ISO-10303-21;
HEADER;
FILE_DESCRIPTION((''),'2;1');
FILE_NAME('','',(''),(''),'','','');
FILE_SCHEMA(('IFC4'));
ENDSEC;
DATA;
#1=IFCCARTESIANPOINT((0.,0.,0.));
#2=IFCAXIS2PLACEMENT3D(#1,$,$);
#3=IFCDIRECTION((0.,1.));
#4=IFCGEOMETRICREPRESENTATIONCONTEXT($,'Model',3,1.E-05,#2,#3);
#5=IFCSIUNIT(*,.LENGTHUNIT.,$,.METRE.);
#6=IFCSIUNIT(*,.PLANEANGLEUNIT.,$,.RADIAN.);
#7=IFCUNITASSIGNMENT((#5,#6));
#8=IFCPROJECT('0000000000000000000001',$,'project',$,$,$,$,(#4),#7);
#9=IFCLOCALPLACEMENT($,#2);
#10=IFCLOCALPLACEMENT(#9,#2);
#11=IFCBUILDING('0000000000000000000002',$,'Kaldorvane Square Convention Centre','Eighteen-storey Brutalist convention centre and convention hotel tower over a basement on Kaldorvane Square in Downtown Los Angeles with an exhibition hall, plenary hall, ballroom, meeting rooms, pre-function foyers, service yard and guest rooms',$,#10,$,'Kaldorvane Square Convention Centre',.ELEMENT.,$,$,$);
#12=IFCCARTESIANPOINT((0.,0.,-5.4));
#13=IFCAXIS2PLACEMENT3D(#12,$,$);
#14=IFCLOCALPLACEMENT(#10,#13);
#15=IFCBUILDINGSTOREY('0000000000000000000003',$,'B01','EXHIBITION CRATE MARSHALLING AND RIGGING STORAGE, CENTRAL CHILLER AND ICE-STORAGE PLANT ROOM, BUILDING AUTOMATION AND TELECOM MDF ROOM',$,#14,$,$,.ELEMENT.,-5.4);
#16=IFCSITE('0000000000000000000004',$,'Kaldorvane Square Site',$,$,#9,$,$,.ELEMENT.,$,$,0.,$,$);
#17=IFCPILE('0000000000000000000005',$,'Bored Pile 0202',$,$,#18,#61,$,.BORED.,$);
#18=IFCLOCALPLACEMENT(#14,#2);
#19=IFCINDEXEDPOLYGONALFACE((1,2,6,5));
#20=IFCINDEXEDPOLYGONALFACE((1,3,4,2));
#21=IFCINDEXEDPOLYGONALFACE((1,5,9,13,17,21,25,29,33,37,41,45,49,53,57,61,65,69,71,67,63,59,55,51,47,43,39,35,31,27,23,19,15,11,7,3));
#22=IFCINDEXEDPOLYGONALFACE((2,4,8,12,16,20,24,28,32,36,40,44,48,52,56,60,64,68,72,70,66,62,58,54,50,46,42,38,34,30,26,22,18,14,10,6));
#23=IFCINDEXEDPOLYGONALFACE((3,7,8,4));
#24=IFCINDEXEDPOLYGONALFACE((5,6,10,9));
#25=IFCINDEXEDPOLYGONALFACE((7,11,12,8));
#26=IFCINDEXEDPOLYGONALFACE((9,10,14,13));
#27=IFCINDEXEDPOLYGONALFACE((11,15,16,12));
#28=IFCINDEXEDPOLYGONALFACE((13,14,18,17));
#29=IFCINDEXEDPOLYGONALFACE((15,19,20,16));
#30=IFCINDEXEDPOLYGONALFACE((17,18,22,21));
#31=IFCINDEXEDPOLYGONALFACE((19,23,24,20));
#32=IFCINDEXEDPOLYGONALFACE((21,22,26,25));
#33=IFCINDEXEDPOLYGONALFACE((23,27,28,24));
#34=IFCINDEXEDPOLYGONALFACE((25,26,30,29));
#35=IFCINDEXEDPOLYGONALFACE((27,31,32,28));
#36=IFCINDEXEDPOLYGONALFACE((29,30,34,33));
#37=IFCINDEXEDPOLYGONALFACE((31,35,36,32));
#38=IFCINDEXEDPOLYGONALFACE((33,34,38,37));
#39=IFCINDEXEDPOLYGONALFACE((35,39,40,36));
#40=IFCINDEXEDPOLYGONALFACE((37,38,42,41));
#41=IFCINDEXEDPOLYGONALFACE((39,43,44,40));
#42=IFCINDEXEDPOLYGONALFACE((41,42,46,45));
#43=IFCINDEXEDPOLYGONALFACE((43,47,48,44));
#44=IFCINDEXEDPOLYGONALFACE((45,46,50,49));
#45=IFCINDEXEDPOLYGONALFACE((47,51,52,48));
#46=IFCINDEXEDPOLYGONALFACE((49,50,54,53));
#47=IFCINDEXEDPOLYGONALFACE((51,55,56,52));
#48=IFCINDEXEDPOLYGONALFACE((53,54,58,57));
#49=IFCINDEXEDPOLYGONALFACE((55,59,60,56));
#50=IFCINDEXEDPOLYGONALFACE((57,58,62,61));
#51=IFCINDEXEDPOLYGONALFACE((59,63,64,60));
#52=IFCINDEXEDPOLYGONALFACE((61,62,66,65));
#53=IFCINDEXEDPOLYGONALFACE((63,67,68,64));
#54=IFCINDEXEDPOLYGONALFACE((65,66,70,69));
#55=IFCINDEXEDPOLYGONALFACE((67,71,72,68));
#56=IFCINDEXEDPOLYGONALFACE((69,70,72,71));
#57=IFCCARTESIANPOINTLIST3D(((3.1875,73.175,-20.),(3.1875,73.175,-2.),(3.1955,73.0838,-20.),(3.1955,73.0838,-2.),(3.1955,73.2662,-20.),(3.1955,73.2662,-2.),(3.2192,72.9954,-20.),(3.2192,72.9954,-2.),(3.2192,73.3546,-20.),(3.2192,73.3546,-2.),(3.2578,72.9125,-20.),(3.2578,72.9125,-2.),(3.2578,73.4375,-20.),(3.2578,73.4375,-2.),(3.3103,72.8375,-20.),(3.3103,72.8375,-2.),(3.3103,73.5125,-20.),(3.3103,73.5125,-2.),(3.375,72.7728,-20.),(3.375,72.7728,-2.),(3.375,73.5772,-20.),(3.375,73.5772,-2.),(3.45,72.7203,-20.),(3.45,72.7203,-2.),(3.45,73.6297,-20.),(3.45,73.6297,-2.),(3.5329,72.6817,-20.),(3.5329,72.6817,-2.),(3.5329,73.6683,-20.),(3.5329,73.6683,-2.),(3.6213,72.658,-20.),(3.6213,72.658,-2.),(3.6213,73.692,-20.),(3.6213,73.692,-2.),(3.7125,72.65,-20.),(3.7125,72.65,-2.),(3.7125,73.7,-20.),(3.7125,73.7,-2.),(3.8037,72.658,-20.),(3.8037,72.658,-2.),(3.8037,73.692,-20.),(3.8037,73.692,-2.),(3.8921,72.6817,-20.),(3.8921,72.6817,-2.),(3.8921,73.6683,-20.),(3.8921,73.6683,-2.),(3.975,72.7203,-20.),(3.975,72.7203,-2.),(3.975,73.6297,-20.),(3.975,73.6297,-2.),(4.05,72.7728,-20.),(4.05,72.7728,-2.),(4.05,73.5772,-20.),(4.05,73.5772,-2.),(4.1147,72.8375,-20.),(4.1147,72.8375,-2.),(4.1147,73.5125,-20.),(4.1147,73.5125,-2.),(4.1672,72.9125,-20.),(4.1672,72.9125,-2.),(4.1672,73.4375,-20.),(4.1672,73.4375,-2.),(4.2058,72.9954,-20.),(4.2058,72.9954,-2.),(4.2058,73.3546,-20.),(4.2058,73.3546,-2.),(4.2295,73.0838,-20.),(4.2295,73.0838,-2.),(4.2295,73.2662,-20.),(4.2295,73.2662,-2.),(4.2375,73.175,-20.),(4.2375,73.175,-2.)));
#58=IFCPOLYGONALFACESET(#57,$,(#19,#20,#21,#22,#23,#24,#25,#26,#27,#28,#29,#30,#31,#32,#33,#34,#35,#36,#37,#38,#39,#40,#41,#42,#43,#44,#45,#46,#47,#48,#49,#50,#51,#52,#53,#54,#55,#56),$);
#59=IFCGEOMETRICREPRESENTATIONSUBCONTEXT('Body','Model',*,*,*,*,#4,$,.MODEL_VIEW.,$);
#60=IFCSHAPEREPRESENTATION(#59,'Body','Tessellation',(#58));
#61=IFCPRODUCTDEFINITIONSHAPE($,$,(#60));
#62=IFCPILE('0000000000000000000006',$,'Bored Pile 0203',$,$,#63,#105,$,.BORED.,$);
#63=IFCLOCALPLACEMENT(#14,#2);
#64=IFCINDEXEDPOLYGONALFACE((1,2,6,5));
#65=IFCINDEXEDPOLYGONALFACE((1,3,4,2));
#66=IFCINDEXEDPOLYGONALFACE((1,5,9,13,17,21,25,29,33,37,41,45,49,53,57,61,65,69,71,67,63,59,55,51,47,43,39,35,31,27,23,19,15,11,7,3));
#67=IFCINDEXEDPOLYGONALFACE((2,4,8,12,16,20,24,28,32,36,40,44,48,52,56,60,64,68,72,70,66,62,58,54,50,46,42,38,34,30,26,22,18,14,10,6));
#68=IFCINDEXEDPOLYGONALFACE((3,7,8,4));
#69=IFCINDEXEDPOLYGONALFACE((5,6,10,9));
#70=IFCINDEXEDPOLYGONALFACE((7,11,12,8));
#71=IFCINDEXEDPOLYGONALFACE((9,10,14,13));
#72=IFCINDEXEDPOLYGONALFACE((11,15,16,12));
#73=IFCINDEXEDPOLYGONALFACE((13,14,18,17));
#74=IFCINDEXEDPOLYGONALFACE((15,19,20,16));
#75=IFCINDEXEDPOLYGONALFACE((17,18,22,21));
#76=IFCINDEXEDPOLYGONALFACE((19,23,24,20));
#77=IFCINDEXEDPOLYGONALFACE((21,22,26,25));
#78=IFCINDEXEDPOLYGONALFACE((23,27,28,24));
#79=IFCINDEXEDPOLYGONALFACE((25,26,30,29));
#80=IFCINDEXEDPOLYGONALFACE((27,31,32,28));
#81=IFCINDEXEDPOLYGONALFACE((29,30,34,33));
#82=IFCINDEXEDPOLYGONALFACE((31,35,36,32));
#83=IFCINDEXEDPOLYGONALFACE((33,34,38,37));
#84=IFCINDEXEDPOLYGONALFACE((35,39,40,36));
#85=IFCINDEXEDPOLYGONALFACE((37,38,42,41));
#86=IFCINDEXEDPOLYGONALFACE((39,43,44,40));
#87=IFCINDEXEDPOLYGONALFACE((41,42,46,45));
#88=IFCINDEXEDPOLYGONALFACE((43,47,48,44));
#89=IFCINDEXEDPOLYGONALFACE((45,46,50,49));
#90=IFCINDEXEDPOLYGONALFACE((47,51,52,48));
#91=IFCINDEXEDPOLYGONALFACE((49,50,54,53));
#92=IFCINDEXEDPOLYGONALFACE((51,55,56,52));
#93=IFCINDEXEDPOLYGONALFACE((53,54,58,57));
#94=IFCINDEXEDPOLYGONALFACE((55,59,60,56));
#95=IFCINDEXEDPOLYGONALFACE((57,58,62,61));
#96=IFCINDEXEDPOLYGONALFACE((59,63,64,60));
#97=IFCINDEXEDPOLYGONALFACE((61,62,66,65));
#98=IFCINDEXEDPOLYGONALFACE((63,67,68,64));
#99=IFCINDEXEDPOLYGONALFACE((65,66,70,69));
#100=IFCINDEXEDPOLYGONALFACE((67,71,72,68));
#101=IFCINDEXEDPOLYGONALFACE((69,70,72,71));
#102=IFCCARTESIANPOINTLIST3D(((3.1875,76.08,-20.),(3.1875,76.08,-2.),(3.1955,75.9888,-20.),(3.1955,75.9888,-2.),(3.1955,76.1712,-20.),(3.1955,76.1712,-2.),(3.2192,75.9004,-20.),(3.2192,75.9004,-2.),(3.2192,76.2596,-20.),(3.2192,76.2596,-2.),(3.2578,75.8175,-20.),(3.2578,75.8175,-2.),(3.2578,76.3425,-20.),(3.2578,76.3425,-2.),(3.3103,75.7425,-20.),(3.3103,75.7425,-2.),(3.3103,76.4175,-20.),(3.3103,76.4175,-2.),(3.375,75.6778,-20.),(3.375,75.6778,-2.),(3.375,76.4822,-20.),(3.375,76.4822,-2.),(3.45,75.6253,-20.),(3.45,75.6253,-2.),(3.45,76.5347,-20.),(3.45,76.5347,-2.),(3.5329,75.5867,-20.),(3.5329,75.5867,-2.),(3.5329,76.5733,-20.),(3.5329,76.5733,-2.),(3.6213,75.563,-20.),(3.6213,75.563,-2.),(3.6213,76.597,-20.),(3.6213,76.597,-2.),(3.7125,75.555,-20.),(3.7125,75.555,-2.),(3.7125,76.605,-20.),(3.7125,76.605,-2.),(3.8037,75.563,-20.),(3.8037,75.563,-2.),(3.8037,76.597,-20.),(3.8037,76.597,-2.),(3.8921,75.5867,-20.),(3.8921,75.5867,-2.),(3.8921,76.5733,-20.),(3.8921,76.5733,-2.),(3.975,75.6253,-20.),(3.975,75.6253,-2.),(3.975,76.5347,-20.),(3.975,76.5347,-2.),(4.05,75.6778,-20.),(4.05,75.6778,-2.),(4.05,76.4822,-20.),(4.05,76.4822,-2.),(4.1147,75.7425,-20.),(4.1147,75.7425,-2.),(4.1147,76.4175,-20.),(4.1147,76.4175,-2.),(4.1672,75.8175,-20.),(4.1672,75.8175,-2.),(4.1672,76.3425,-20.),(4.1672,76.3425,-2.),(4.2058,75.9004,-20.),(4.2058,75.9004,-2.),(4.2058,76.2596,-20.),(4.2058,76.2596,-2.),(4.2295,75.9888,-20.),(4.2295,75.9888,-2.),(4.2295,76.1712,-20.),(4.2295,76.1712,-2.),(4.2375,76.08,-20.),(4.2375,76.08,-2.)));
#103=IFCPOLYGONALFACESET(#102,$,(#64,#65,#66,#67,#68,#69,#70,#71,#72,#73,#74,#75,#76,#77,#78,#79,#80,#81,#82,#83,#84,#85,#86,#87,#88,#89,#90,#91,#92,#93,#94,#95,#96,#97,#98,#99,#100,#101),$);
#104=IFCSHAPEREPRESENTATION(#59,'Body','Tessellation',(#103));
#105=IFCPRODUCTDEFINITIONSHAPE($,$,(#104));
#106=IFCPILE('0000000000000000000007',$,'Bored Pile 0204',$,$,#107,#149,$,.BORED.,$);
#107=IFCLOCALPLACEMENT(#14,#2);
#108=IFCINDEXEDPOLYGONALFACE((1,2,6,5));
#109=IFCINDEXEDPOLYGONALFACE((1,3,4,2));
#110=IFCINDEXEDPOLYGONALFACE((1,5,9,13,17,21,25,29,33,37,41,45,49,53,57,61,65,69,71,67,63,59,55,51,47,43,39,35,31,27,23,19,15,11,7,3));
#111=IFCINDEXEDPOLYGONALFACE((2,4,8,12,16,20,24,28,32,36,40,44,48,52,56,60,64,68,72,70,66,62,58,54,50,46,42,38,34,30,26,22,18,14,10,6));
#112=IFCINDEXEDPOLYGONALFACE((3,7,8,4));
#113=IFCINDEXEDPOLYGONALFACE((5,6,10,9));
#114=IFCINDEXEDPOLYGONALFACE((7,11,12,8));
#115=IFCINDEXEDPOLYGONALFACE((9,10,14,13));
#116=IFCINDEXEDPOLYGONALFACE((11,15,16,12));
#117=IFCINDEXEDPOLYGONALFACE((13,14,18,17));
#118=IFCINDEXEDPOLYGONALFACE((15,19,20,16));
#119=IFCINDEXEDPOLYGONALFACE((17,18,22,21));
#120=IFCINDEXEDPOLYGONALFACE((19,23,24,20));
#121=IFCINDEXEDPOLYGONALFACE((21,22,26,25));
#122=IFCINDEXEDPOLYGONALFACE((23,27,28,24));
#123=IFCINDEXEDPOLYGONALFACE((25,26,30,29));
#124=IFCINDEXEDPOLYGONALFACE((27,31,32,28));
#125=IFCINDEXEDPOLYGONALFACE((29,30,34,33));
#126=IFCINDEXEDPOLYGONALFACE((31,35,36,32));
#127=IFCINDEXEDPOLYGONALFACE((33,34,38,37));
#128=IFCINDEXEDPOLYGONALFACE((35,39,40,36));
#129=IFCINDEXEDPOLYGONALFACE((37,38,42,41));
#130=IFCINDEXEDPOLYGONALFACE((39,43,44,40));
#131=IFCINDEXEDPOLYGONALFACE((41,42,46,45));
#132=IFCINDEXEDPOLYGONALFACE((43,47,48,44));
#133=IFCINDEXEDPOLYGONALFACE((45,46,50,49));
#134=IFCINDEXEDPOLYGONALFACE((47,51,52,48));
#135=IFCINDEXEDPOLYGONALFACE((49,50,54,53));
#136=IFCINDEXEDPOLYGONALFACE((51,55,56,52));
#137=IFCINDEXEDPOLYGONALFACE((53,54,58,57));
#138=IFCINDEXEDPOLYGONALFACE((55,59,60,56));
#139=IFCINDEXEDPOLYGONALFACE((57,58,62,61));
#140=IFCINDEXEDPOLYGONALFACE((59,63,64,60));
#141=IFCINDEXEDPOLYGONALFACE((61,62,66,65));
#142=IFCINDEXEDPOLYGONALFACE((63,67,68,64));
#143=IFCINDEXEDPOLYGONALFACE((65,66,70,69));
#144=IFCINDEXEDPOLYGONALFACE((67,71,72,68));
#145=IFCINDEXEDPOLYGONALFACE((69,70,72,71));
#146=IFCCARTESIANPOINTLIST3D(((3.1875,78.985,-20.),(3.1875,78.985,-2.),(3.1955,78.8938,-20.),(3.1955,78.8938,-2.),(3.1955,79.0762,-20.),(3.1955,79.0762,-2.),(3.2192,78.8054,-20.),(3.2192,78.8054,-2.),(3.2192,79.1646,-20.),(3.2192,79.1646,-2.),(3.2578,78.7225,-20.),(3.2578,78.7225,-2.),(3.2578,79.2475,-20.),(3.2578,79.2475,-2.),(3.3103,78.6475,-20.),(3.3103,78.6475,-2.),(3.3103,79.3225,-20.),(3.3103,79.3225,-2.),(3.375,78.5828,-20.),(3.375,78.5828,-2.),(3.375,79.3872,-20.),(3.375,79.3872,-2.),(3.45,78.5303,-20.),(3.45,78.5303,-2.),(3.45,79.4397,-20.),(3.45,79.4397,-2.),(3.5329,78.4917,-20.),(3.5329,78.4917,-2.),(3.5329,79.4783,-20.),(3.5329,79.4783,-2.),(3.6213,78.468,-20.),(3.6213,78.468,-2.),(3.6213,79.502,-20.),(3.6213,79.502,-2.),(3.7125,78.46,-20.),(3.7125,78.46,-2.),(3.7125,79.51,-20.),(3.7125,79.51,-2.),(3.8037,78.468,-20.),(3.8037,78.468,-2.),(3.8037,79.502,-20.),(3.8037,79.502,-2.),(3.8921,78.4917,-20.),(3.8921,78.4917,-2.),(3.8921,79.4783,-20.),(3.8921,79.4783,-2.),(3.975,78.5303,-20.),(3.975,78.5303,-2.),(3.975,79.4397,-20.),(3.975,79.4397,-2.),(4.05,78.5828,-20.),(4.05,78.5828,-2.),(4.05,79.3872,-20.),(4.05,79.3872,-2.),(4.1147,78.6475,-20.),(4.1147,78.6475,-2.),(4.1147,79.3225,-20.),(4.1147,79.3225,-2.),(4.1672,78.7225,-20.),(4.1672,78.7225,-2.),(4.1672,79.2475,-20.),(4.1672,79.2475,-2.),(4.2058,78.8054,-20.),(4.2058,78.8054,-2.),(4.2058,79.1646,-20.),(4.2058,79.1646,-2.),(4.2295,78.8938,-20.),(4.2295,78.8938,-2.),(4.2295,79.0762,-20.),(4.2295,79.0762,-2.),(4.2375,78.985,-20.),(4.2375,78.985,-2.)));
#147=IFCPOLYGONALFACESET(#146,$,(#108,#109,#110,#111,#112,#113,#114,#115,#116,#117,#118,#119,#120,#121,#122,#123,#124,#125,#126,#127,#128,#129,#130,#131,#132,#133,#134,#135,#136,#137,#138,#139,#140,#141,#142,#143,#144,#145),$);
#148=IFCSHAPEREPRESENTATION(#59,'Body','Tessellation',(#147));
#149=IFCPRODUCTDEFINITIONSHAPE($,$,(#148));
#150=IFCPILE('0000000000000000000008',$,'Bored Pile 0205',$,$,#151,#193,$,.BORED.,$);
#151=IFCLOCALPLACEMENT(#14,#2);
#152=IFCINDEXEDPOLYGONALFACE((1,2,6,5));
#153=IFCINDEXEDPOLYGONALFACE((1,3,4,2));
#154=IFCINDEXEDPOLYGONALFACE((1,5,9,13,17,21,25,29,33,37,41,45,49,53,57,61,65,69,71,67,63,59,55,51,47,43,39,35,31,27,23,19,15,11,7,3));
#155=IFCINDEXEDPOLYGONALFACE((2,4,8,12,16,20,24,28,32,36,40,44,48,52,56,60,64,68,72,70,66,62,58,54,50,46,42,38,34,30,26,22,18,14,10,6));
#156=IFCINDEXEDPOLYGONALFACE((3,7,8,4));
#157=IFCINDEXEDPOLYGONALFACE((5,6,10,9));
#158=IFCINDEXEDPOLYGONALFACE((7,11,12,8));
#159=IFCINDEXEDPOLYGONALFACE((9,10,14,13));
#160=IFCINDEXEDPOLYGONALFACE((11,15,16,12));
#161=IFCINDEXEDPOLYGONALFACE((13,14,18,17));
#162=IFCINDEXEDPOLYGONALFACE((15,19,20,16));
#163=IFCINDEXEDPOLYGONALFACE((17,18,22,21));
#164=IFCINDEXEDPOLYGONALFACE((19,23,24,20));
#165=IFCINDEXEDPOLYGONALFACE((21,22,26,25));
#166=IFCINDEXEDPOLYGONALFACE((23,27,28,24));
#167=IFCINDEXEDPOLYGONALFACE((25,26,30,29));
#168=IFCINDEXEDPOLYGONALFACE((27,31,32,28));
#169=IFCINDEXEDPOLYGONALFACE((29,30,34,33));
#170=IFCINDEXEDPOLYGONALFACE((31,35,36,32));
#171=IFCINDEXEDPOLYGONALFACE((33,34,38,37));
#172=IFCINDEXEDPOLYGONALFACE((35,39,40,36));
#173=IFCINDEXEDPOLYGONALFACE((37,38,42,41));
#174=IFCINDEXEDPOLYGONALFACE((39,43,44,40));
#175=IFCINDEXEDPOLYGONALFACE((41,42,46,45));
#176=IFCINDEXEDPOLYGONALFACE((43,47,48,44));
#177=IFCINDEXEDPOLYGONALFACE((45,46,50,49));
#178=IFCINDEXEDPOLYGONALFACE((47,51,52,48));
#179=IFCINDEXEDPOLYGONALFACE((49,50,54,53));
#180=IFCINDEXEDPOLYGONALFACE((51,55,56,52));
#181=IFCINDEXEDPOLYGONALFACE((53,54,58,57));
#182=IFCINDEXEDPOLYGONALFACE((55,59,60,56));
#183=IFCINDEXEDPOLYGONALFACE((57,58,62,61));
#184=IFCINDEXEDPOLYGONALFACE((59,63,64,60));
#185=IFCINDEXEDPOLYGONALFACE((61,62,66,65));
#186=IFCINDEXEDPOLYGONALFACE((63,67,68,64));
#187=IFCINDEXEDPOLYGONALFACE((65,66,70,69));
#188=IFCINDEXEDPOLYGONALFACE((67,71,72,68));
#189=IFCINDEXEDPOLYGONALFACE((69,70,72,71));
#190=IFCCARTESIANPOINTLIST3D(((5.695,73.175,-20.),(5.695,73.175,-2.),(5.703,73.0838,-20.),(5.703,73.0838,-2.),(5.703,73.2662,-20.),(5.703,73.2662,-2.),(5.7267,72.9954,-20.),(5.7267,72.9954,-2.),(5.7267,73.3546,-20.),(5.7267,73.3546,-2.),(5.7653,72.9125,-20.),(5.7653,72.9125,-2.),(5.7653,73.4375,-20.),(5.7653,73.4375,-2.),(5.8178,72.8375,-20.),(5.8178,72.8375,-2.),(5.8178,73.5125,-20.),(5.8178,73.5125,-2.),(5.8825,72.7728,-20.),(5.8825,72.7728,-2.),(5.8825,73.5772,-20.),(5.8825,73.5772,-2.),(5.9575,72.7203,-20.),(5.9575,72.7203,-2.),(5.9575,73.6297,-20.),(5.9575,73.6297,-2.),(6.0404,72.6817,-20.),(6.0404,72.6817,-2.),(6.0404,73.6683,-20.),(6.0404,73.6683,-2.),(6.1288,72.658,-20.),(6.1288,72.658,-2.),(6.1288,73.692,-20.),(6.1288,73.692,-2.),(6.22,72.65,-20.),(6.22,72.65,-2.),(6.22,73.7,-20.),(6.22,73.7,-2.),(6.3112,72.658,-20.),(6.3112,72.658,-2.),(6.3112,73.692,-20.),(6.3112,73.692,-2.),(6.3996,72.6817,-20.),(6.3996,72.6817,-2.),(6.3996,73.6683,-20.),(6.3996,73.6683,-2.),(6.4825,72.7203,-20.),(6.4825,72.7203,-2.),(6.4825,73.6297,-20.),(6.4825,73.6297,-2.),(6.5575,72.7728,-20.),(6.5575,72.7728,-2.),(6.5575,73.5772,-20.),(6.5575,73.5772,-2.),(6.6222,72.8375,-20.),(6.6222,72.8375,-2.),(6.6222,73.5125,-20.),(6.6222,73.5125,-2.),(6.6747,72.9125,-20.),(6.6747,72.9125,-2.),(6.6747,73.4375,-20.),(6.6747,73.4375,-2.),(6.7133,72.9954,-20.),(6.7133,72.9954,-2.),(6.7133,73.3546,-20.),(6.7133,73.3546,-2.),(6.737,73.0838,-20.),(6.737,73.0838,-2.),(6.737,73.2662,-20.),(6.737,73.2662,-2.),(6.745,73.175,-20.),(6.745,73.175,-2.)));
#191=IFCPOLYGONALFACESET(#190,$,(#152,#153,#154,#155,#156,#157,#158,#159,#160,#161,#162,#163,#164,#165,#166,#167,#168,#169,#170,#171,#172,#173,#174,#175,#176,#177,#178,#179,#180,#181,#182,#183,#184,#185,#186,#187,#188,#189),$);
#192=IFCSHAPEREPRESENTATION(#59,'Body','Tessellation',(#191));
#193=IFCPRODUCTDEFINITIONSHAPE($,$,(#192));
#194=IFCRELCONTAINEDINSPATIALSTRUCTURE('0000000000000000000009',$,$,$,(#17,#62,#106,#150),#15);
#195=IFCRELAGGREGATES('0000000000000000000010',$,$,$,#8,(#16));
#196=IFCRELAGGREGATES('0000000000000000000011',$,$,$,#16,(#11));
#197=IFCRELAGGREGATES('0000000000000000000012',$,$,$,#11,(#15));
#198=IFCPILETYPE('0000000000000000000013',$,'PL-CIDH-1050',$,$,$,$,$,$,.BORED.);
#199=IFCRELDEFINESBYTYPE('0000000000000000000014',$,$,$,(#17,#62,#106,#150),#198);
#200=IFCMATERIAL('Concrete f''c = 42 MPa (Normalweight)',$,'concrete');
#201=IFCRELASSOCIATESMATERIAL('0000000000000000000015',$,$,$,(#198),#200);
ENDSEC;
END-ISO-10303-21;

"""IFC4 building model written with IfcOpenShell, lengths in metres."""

from ifc_helpers import new_model, si_unit, direction, frame, origin, origin_2d, place, context, subcontext, project, spatial, circle, extrude, material, material_profile, profile_set, type_object, element, save


model = new_model("IFC4")

# Units and contexts
model_context = context("Model", 3, precision=1e-05, world=origin(), true_north=direction((0.0, 1.0)))
body_context = subcontext(model_context, "Body", "Model", "MODEL_VIEW")
ifc_project = project(units=[si_unit("LENGTHUNIT", "METRE"), si_unit("PLANEANGLEUNIT", "RADIAN")], contexts=[model_context])

# Site, building, storey
site_placement = place(None, origin())
site = spatial("IfcSite", under=ifc_project, at=site_placement, Name="Kaldorvane Square Site", CompositionType="ELEMENT", RefElevation=0.0)
building_placement = place(site_placement, origin())
building = spatial("IfcBuilding", under=site, at=building_placement, Name="Kaldorvane Square Convention Centre", Description="Eighteen-storey Brutalist convention centre and convention hotel tower over a basement on Kaldorvane Square in Downtown Los Angeles with an exhibition hall, plenary hall, ballroom, meeting rooms, pre-function foyers, service yard and guest rooms", LongName="Kaldorvane Square Convention Centre", CompositionType="ELEMENT")
storey_placement = place(building_placement, frame((0.0, 0.0, -5.4)))
storey = spatial("IfcBuildingStorey", under=building, at=storey_placement, Name="B01", Description="EXHIBITION CRATE MARSHALLING AND RIGGING STORAGE, CENTRAL CHILLER AND ICE-STORAGE PLANT ROOM, BUILDING AUTOMATION AND TELECOM MDF ROOM", CompositionType="ELEMENT", Elevation=-5.4)

# Shared definitions
ifc_material_1 = material(Name="Concrete f'c = 42 MPa (Normalweight)", Category="concrete")

# Piles
ifc_material_profile_1 = material_profile(ifc_material_1, circle(Radius=0.525, at=origin_2d()), Name="PILE-D1050")
ifc_profile_set_1 = profile_set([ifc_material_profile_1], Name="Concrete f'c = 42 MPa (Normalweight)")
pile_type_1 = type_object("IfcPileType", Name="PL-CIDH-1050", PredefinedType="BORED", material=ifc_profile_set_1)
for number, where, z_axis, x_axis, name in (
    (1, (3.7125, 73.175, -2.0), (0.0, 0.0, -1.0), (1.0, 0.0, 0.0), "Bored Pile 0202"),
    (2, (3.7125, 76.08, -2.0), (0.0, 0.0, -1.0), (1.0, 0.0, 0.0), "Bored Pile 0203"),
    (3, (3.7125, 78.985, -2.0), (0.0, 0.0, -1.0), (1.0, 0.0, 0.0), "Bored Pile 0204"),
    (4, (6.22, 73.175, -2.0), (0.0, 0.0, -1.0), (1.0, 0.0, 0.0), "Bored Pile 0205"),
):
    element("IfcPile", number, at=place(storey_placement, frame(where, z_axis=z_axis, x_axis=x_axis)), inside=storey, type_object=pile_type_1, Name=name, PredefinedType="BORED", context=body_context, shape_type="SweptSolid", body=[
        extrude(circle(Radius=0.525, at=origin_2d()), origin(), (0.0, 0.0, 1.0), 18.0),
    ])

save(model, "model.ifc")
